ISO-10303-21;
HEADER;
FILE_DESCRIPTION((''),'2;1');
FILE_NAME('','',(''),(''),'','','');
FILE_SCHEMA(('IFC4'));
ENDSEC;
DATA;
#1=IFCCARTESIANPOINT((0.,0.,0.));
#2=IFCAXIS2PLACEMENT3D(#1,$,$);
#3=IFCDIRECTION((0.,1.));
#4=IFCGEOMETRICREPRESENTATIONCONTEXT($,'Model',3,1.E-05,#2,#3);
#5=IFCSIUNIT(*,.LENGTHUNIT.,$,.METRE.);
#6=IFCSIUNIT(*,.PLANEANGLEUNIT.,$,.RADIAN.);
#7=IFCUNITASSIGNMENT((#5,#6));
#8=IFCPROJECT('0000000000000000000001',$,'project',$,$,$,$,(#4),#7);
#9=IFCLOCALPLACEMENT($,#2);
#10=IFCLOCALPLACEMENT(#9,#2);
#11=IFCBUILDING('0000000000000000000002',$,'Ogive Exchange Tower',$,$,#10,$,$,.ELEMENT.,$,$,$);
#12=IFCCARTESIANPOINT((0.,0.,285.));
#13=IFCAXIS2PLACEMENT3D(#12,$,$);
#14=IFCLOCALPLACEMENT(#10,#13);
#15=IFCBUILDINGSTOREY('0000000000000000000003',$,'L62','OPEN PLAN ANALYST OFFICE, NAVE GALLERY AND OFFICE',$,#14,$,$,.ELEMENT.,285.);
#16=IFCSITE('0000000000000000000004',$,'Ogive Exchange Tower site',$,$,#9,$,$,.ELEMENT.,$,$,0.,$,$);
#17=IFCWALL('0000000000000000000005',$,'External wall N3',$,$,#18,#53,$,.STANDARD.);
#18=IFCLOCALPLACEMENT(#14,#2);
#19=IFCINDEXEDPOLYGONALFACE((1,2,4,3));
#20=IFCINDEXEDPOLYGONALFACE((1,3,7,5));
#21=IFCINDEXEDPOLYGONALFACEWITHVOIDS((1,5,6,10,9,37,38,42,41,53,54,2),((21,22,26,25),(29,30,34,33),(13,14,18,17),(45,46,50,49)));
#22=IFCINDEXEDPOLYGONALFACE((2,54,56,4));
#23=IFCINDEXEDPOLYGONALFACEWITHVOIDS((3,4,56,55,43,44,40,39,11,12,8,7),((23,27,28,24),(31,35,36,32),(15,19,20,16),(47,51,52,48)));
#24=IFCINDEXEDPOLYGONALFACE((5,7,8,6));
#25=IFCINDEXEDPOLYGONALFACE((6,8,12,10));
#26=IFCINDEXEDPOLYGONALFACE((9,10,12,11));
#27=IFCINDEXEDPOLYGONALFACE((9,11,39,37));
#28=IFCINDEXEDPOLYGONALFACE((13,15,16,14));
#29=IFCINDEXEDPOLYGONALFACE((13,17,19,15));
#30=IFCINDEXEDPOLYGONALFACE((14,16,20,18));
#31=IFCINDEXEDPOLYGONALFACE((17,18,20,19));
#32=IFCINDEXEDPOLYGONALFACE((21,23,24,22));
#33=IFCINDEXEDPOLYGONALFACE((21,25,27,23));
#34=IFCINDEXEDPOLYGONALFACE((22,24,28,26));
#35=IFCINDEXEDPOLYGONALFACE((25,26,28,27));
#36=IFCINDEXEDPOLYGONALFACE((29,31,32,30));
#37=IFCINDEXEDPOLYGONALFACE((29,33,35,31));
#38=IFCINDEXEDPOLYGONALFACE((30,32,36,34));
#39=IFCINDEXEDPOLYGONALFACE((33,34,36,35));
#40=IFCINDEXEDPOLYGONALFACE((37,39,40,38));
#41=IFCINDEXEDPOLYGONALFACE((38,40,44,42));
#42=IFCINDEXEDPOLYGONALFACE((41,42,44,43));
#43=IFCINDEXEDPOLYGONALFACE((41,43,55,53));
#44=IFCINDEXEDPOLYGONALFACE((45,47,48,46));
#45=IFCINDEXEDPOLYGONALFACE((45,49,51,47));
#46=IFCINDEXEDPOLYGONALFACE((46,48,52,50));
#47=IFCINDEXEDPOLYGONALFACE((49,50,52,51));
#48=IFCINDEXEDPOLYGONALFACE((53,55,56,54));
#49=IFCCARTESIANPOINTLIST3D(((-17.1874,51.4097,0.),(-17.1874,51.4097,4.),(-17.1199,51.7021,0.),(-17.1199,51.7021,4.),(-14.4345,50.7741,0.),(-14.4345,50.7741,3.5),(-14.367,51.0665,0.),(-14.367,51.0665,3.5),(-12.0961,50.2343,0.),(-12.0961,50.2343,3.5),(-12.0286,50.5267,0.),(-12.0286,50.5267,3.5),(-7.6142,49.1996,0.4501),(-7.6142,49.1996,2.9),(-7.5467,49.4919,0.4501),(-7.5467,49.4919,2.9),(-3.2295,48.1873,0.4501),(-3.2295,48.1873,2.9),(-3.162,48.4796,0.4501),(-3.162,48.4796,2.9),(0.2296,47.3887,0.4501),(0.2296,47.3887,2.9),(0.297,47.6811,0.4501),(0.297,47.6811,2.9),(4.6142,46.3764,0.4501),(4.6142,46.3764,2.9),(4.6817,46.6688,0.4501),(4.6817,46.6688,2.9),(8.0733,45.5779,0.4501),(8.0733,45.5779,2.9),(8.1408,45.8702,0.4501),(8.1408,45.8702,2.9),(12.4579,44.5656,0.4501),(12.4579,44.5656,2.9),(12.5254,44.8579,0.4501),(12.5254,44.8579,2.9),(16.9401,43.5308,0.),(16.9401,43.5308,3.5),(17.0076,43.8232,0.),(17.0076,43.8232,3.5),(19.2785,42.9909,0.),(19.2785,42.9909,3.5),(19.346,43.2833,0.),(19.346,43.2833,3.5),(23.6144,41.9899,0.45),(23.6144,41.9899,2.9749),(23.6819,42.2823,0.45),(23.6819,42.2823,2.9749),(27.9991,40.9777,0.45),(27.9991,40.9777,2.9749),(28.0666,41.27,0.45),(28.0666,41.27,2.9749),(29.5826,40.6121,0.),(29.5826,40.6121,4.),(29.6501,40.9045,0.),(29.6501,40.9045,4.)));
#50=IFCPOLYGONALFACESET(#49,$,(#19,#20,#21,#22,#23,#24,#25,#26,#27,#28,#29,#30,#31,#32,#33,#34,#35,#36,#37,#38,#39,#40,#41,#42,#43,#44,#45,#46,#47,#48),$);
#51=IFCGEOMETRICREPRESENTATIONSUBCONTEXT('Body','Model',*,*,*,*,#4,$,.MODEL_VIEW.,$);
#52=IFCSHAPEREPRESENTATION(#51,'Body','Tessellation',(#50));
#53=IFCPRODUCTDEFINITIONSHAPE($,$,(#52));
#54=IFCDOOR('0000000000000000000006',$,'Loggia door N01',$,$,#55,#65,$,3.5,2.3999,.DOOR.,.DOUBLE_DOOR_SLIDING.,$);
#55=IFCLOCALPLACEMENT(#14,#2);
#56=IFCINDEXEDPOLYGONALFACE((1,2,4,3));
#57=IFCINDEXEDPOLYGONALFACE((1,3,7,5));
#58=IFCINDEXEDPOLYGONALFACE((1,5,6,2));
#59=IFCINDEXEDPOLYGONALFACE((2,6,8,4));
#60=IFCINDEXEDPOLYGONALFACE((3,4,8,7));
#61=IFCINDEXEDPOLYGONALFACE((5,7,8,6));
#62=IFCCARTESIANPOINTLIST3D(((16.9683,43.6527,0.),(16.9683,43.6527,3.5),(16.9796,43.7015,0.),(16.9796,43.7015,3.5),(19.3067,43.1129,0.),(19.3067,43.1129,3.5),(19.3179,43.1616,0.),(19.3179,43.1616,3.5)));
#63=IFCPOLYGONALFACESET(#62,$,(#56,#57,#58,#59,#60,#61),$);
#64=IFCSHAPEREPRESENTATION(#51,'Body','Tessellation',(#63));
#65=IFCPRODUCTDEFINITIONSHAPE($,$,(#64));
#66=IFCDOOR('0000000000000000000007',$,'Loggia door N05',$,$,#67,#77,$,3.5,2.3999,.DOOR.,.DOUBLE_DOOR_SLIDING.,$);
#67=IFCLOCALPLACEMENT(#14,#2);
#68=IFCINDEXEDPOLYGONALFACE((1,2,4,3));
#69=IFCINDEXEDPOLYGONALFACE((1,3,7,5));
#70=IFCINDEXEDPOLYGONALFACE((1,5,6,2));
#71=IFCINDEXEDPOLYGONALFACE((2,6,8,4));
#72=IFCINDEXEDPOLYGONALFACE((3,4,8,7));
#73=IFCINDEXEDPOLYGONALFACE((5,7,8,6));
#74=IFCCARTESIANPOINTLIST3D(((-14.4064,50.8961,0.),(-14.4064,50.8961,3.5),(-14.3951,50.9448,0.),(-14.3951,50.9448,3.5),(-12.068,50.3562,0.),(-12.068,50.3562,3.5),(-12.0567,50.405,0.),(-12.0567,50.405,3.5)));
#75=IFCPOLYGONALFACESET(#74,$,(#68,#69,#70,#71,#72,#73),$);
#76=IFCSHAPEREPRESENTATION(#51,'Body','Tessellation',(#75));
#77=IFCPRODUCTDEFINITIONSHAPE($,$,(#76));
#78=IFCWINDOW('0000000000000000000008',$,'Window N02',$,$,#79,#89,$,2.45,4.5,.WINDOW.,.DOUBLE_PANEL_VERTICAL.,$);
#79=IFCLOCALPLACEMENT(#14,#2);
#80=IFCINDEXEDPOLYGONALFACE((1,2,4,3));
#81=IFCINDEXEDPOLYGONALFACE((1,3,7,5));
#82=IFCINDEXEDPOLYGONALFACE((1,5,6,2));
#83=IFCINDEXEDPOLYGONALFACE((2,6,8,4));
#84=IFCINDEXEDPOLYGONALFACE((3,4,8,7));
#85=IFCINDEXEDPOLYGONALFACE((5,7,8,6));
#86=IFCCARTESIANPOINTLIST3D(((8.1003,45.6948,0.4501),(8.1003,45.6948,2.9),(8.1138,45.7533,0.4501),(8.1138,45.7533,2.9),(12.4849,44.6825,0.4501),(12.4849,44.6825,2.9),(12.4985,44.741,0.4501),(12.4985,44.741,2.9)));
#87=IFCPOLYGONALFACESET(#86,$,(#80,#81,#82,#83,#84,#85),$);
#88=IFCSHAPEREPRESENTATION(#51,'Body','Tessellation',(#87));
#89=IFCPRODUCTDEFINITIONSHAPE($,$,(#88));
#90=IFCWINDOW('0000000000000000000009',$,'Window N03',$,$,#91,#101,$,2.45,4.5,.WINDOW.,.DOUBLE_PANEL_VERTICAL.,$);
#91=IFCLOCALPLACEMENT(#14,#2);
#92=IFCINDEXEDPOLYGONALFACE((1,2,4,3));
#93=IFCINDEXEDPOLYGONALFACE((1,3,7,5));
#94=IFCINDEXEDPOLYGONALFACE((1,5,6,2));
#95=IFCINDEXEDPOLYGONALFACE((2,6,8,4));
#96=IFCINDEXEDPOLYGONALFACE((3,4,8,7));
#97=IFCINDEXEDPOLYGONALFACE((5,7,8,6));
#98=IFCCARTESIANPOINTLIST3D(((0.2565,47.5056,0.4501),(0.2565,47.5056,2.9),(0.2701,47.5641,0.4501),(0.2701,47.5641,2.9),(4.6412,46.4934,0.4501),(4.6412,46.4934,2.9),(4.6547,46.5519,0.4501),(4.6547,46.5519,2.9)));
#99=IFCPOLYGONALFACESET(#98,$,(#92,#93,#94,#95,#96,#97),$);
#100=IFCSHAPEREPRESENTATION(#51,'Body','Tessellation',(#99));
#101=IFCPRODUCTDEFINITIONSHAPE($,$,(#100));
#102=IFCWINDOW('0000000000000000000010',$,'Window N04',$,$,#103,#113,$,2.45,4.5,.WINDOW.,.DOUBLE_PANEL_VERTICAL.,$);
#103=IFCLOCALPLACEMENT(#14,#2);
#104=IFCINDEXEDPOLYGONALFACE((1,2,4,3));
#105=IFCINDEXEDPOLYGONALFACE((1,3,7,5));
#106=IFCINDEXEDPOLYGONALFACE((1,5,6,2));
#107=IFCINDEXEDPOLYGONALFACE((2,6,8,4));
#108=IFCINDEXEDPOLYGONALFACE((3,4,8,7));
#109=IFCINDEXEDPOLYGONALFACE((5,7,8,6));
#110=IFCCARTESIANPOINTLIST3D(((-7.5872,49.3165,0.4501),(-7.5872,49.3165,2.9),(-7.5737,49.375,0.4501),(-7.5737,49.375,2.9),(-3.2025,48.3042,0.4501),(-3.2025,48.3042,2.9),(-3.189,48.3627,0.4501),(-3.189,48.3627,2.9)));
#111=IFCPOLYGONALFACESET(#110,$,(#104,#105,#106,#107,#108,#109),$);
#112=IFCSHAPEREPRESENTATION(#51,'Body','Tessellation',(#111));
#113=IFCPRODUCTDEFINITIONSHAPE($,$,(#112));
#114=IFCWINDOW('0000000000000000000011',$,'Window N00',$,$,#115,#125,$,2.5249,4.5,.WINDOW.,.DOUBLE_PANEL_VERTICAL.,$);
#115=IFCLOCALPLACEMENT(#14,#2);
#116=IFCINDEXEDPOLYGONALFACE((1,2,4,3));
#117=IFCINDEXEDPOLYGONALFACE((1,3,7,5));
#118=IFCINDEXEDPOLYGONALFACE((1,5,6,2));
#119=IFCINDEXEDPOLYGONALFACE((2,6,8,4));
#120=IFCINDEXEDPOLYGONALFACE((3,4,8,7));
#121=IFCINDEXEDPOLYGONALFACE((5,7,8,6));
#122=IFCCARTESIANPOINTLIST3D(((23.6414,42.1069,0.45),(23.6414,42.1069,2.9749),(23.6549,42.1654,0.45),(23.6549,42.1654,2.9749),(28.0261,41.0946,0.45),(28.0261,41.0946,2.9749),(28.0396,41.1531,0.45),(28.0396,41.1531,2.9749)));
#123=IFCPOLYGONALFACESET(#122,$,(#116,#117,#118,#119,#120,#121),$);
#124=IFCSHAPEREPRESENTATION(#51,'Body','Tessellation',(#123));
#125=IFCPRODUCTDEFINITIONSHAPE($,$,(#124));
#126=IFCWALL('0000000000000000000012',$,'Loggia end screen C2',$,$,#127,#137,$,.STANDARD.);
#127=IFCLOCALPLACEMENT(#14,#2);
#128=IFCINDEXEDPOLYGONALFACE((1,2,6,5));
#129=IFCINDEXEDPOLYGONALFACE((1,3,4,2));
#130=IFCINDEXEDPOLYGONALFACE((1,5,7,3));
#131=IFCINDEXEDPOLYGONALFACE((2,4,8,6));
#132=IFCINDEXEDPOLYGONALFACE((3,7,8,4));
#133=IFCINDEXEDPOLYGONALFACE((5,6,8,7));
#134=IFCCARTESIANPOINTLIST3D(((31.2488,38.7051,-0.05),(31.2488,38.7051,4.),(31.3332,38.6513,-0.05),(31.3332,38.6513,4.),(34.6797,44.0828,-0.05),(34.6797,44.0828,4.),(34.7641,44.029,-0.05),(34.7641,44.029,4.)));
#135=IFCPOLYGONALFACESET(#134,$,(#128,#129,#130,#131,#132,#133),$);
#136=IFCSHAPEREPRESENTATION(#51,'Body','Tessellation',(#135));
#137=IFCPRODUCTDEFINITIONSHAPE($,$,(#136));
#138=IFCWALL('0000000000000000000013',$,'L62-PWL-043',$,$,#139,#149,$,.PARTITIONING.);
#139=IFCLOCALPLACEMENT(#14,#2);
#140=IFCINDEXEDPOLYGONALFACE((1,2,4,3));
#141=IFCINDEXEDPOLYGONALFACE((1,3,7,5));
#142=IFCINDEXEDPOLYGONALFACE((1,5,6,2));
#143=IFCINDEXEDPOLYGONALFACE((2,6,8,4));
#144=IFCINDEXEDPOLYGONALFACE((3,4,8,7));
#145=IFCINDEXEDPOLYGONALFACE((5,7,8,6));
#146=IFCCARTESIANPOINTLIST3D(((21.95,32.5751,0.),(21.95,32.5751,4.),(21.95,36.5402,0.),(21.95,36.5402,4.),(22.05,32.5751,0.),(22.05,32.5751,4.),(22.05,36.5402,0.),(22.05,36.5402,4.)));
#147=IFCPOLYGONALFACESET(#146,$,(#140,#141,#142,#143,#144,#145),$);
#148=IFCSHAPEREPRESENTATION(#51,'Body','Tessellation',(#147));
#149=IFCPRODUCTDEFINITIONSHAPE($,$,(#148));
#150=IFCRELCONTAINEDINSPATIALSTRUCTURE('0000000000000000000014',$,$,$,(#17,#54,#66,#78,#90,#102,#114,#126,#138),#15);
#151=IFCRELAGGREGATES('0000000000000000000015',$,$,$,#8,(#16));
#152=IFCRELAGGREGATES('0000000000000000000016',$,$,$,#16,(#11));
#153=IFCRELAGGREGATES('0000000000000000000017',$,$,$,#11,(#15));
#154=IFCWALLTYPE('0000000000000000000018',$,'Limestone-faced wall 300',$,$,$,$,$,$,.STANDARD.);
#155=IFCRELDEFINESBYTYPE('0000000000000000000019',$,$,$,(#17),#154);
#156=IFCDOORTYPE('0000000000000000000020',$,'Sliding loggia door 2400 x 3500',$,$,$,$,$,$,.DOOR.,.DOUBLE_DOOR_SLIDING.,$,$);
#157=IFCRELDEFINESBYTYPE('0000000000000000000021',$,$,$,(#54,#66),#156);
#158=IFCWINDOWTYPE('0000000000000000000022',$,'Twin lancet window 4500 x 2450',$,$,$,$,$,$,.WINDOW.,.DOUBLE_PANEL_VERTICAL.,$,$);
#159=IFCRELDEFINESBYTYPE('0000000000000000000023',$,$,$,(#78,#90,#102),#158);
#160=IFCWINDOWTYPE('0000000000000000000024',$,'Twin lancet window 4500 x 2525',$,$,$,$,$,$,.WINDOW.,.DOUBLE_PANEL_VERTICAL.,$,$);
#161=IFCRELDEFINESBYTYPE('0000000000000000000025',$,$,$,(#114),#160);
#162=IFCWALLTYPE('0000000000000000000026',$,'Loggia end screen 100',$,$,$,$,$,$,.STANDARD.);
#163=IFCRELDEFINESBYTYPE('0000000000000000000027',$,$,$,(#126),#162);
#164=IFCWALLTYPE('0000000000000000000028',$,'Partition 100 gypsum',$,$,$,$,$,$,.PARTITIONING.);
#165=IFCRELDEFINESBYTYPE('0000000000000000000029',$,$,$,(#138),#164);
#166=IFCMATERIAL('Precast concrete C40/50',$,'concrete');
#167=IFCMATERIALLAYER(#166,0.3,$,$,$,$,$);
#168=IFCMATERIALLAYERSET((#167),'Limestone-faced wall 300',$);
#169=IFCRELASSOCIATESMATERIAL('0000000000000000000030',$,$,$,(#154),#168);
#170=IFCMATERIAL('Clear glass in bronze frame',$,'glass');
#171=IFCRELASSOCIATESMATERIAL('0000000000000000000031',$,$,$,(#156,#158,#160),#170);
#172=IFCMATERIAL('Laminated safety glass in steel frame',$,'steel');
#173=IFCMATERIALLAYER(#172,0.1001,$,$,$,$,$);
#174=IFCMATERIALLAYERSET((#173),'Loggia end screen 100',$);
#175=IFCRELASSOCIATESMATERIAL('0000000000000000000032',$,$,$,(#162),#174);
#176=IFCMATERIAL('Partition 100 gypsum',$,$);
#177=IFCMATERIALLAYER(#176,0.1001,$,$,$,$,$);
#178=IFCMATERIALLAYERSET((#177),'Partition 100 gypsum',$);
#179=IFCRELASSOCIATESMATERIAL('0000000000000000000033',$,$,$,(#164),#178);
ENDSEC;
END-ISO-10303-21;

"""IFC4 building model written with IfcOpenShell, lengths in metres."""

from ifc_helpers import new_model, si_unit, direction, frame, frame_2d, origin, place, context, subcontext, project, spatial, rectangle, extrude, material, layer, layer_set, type_object, element, fill, save


model = new_model("IFC4")

# Units and contexts
model_context = context("Model", 3, precision=1e-05, world=origin(), true_north=direction((0.0, 1.0)))
body_context = subcontext(model_context, "Body", "Model", "MODEL_VIEW")
ifc_project = project(units=[si_unit("LENGTHUNIT", "METRE"), si_unit("PLANEANGLEUNIT", "RADIAN")], contexts=[model_context])

# Site, building, storey
site_placement = place(None, origin())
site = spatial("IfcSite", under=ifc_project, at=site_placement, Name="Ogive Exchange Tower site", CompositionType="ELEMENT", RefElevation=0.0)
building_placement = place(site_placement, origin())
building = spatial("IfcBuilding", under=site, at=building_placement, Name="Ogive Exchange Tower", CompositionType="ELEMENT")
storey_placement = place(building_placement, frame((0.0, 0.0, 285.0)))
storey = spatial("IfcBuildingStorey", under=building, at=storey_placement, Name="L62", Description="OPEN PLAN ANALYST OFFICE, NAVE GALLERY AND OFFICE", CompositionType="ELEMENT", Elevation=285.0)

# Wall, openings, doors, windows
ifc_material_1 = material(Name="Precast concrete C40/50", Category="concrete")
ifc_layer_1 = layer(ifc_material_1, 0.3)
ifc_layer_set_1 = layer_set([ifc_layer_1], Name="Limestone-faced wall 300")
wall_type_1 = type_object("IfcWallType", Name="Limestone-faced wall 300", PredefinedType="STANDARD", material=ifc_layer_set_1)
wall_1_placement = place(storey_placement, frame((29.6162, 40.7583, 0.0), z_axis=(0.0, 0.0, 1.0), x_axis=(-0.974371, 0.224949, 0.0)))
wall_1 = element("IfcWall", 1, at=wall_1_placement, inside=storey, type_object=wall_type_1, Name="External wall N3", PredefinedType="STANDARD", context=body_context, shape_type="SweptSolid", body=[
    extrude(rectangle(XDim=48.0002, YDim=0.3, at=frame_2d((24.0, 0.0))), origin(), (0.0, 0.0, 1.0), 4.0),
])
opening_1_placement = place(wall_1_placement, frame((1.625, 0.0, 0.45)))
opening_1 = element("IfcOpeningElement", 2, at=opening_1_placement, cuts=wall_1, PredefinedType="OPENING", context=body_context, shape_type="SweptSolid", body=[
    extrude(rectangle(XDim=4.5, YDim=2.5249, at=frame_2d((2.25, 1.2625))), frame((0.0, 0.1599, 0.0), z_axis=(0.0, -1.0, 0.0), x_axis=(1.0, 0.0, 0.0)), (0.0, 0.0, 1.0), 0.3201),
])
opening_2_placement = place(wall_1_placement, frame((10.575, 0.0, 0.0)))
opening_2 = element("IfcOpeningElement", 3, at=opening_2_placement, cuts=wall_1, PredefinedType="OPENING", context=body_context, shape_type="SweptSolid", body=[
    extrude(rectangle(XDim=2.3999, YDim=3.5, at=frame_2d((1.2, 1.75))), frame((0.0, 0.1599, 0.0), z_axis=(0.0, -1.0, 0.0), x_axis=(1.0, 0.0, 0.0)), (0.0, 0.0, 1.0), 0.3201),
])
opening_3_placement = place(wall_1_placement, frame((17.575, 0.0, 0.45)))
opening_3 = element("IfcOpeningElement", 4, at=opening_3_placement, cuts=wall_1, PredefinedType="OPENING", context=body_context, shape_type="SweptSolid", body=[
    extrude(rectangle(XDim=4.5, YDim=2.45, at=frame_2d((2.25, 1.2251))), frame((0.0, 0.1599, 0.0), z_axis=(0.0, -1.0, 0.0), x_axis=(1.0, 0.0, 0.0)), (0.0, 0.0, 1.0), 0.3201),
])
opening_4_placement = place(wall_1_placement, frame((25.625, 0.0, 0.45)))
opening_4 = element("IfcOpeningElement", 5, at=opening_4_placement, cuts=wall_1, PredefinedType="OPENING", context=body_context, shape_type="SweptSolid", body=[
    extrude(rectangle(XDim=4.5, YDim=2.45, at=frame_2d((2.25, 1.2251))), frame((0.0, 0.1599, 0.0), z_axis=(0.0, -1.0, 0.0), x_axis=(1.0, 0.0, 0.0)), (0.0, 0.0, 1.0), 0.3201),
])
opening_5_placement = place(wall_1_placement, frame((33.675, 0.0, 0.45)))
opening_5 = element("IfcOpeningElement", 6, at=opening_5_placement, cuts=wall_1, PredefinedType="OPENING", context=body_context, shape_type="SweptSolid", body=[
    extrude(rectangle(XDim=4.5, YDim=2.45, at=frame_2d((2.25, 1.2251))), frame((0.0, 0.1599, 0.0), z_axis=(0.0, -1.0, 0.0), x_axis=(1.0, 0.0, 0.0)), (0.0, 0.0, 1.0), 0.3201),
])
opening_6_placement = place(wall_1_placement, frame((42.7749, 0.0, 0.0)))
opening_6 = element("IfcOpeningElement", 7, at=opening_6_placement, cuts=wall_1, PredefinedType="OPENING", context=body_context, shape_type="SweptSolid", body=[
    extrude(rectangle(XDim=2.3999, YDim=3.5, at=frame_2d((1.2, 1.75))), frame((0.0, 0.1599, 0.0), z_axis=(0.0, -1.0, 0.0), x_axis=(1.0, 0.0, 0.0)), (0.0, 0.0, 1.0), 0.3201),
])
ifc_material_2 = material(Name="Clear glass in bronze frame", Category="glass")
door_type_1 = type_object("IfcDoorType", Name="Sliding loggia door 2400 x 3500", OperationType="DOUBLE_DOOR_SLIDING", PredefinedType="DOOR", material=ifc_material_2)
door_1_placement = place(opening_2_placement, origin())
door_1 = element("IfcDoor", 8, at=door_1_placement, inside=storey, type_object=door_type_1, Name="Loggia door N01", OperationType="DOUBLE_DOOR_SLIDING", OverallHeight=3.5, OverallWidth=2.3999, PredefinedType="DOOR", context=body_context, shape_type="SweptSolid", body=[
    extrude(rectangle(XDim=2.3999, YDim=3.5, at=frame_2d((1.2, 1.75))), frame((0.0, 0.0249, 0.0), z_axis=(0.0, -1.0, 0.0), x_axis=(1.0, 0.0, 0.0)), (0.0, 0.0, 1.0), 0.05),
])
fill(opening_2, door_1)
door_2_placement = place(opening_6_placement, origin())
door_2 = element("IfcDoor", 9, at=door_2_placement, inside=storey, type_object=door_type_1, Name="Loggia door N05", OperationType="DOUBLE_DOOR_SLIDING", OverallHeight=3.5, OverallWidth=2.3999, PredefinedType="DOOR", context=body_context, shape_type="SweptSolid", body=[
    extrude(rectangle(XDim=2.3999, YDim=3.5, at=frame_2d((1.2, 1.75))), frame((0.0, 0.0249, 0.0), z_axis=(0.0, -1.0, 0.0), x_axis=(1.0, 0.0, 0.0)), (0.0, 0.0, 1.0), 0.05),
])
fill(opening_6, door_2)
window_type_1 = type_object("IfcWindowType", Name="Twin lancet window 4500 x 2450", PartitioningType="DOUBLE_PANEL_VERTICAL", PredefinedType="WINDOW", material=ifc_material_2)
window_1_placement = place(opening_3_placement, origin())
window_1 = element("IfcWindow", 10, at=window_1_placement, inside=storey, type_object=window_type_1, Name="Window N02", OverallHeight=2.45, OverallWidth=4.5, PartitioningType="DOUBLE_PANEL_VERTICAL", PredefinedType="WINDOW", context=body_context, shape_type="SweptSolid", body=[
    extrude(rectangle(XDim=4.5, YDim=2.45, at=frame_2d((2.25, 1.2251))), frame((0.0, 0.03, 0.0), z_axis=(0.0, -1.0, 0.0), x_axis=(1.0, 0.0, 0.0)), (0.0, 0.0, 1.0), 0.0601),
])
fill(opening_3, window_1)
window_2_placement = place(opening_4_placement, origin())
window_2 = element("IfcWindow", 11, at=window_2_placement, inside=storey, type_object=window_type_1, Name="Window N03", OverallHeight=2.45, OverallWidth=4.5, PartitioningType="DOUBLE_PANEL_VERTICAL", PredefinedType="WINDOW", context=body_context, shape_type="SweptSolid", body=[
    extrude(rectangle(XDim=4.5, YDim=2.45, at=frame_2d((2.25, 1.2251))), frame((0.0, 0.03, 0.0), z_axis=(0.0, -1.0, 0.0), x_axis=(1.0, 0.0, 0.0)), (0.0, 0.0, 1.0), 0.0601),
])
fill(opening_4, window_2)
window_3_placement = place(opening_5_placement, origin())
window_3 = element("IfcWindow", 12, at=window_3_placement, inside=storey, type_object=window_type_1, Name="Window N04", OverallHeight=2.45, OverallWidth=4.5, PartitioningType="DOUBLE_PANEL_VERTICAL", PredefinedType="WINDOW", context=body_context, shape_type="SweptSolid", body=[
    extrude(rectangle(XDim=4.5, YDim=2.45, at=frame_2d((2.25, 1.2251))), frame((0.0, 0.03, 0.0), z_axis=(0.0, -1.0, 0.0), x_axis=(1.0, 0.0, 0.0)), (0.0, 0.0, 1.0), 0.0601),
])
fill(opening_5, window_3)
window_type_2 = type_object("IfcWindowType", Name="Twin lancet window 4500 x 2525", PartitioningType="DOUBLE_PANEL_VERTICAL", PredefinedType="WINDOW", material=ifc_material_2)
window_4_placement = place(opening_1_placement, origin())
window_4 = element("IfcWindow", 13, at=window_4_placement, inside=storey, type_object=window_type_2, Name="Window N00", OverallHeight=2.5249, OverallWidth=4.5, PartitioningType="DOUBLE_PANEL_VERTICAL", PredefinedType="WINDOW", context=body_context, shape_type="SweptSolid", body=[
    extrude(rectangle(XDim=4.5, YDim=2.5249, at=frame_2d((2.25, 1.2625))), frame((0.0, 0.03, 0.0), z_axis=(0.0, -1.0, 0.0), x_axis=(1.0, 0.0, 0.0)), (0.0, 0.0, 1.0), 0.0601),
])
fill(opening_1, window_4)

# Walls
ifc_material_3 = material(Name="Laminated safety glass in steel frame", Category="steel")
ifc_layer_2 = layer(ifc_material_3, 0.1001)
ifc_layer_set_2 = layer_set([ifc_layer_2], Name="Loggia end screen 100")
wall_type_2 = type_object("IfcWallType", Name="Loggia end screen 100", PredefinedType="STANDARD", material=ifc_layer_set_2)
wall_2_placement = place(storey_placement, frame((31.291, 38.6782, -0.05), z_axis=(0.0, 0.0, 1.0), x_axis=(0.537851, 0.84304, 0.0)))
element("IfcWall", 14, at=wall_2_placement, inside=storey, type_object=wall_type_2, Name="Loggia end screen C2", PredefinedType="STANDARD", context=body_context, shape_type="SweptSolid", body=[
    extrude(rectangle(XDim=6.3789, YDim=0.1001, at=frame_2d((3.1895, 0.0))), origin(), (0.0, 0.0, 1.0), 4.05),
])
ifc_material_4 = material(Name="Partition 100 gypsum")
ifc_layer_3 = layer(ifc_material_4, 0.1001)
ifc_layer_set_3 = layer_set([ifc_layer_3], Name="Partition 100 gypsum")
wall_type_3 = type_object("IfcWallType", Name="Partition 100 gypsum", PredefinedType="PARTITIONING", material=ifc_layer_set_3)
wall_3_placement = place(storey_placement, frame((22.0, 36.54, 0.0), z_axis=(0.0, 0.0, 1.0), x_axis=(0.0, -1.0, 0.0)))
element("IfcWall", 15, at=wall_3_placement, inside=storey, type_object=wall_type_3, Name="L62-PWL-043", PredefinedType="PARTITIONING", context=body_context, shape_type="SweptSolid", body=[
    extrude(rectangle(XDim=3.9651, YDim=0.1001, at=frame_2d((1.9824, 0.0))), origin(), (0.0, 0.0, 1.0), 4.0),
])

save(model, "model.ifc")
